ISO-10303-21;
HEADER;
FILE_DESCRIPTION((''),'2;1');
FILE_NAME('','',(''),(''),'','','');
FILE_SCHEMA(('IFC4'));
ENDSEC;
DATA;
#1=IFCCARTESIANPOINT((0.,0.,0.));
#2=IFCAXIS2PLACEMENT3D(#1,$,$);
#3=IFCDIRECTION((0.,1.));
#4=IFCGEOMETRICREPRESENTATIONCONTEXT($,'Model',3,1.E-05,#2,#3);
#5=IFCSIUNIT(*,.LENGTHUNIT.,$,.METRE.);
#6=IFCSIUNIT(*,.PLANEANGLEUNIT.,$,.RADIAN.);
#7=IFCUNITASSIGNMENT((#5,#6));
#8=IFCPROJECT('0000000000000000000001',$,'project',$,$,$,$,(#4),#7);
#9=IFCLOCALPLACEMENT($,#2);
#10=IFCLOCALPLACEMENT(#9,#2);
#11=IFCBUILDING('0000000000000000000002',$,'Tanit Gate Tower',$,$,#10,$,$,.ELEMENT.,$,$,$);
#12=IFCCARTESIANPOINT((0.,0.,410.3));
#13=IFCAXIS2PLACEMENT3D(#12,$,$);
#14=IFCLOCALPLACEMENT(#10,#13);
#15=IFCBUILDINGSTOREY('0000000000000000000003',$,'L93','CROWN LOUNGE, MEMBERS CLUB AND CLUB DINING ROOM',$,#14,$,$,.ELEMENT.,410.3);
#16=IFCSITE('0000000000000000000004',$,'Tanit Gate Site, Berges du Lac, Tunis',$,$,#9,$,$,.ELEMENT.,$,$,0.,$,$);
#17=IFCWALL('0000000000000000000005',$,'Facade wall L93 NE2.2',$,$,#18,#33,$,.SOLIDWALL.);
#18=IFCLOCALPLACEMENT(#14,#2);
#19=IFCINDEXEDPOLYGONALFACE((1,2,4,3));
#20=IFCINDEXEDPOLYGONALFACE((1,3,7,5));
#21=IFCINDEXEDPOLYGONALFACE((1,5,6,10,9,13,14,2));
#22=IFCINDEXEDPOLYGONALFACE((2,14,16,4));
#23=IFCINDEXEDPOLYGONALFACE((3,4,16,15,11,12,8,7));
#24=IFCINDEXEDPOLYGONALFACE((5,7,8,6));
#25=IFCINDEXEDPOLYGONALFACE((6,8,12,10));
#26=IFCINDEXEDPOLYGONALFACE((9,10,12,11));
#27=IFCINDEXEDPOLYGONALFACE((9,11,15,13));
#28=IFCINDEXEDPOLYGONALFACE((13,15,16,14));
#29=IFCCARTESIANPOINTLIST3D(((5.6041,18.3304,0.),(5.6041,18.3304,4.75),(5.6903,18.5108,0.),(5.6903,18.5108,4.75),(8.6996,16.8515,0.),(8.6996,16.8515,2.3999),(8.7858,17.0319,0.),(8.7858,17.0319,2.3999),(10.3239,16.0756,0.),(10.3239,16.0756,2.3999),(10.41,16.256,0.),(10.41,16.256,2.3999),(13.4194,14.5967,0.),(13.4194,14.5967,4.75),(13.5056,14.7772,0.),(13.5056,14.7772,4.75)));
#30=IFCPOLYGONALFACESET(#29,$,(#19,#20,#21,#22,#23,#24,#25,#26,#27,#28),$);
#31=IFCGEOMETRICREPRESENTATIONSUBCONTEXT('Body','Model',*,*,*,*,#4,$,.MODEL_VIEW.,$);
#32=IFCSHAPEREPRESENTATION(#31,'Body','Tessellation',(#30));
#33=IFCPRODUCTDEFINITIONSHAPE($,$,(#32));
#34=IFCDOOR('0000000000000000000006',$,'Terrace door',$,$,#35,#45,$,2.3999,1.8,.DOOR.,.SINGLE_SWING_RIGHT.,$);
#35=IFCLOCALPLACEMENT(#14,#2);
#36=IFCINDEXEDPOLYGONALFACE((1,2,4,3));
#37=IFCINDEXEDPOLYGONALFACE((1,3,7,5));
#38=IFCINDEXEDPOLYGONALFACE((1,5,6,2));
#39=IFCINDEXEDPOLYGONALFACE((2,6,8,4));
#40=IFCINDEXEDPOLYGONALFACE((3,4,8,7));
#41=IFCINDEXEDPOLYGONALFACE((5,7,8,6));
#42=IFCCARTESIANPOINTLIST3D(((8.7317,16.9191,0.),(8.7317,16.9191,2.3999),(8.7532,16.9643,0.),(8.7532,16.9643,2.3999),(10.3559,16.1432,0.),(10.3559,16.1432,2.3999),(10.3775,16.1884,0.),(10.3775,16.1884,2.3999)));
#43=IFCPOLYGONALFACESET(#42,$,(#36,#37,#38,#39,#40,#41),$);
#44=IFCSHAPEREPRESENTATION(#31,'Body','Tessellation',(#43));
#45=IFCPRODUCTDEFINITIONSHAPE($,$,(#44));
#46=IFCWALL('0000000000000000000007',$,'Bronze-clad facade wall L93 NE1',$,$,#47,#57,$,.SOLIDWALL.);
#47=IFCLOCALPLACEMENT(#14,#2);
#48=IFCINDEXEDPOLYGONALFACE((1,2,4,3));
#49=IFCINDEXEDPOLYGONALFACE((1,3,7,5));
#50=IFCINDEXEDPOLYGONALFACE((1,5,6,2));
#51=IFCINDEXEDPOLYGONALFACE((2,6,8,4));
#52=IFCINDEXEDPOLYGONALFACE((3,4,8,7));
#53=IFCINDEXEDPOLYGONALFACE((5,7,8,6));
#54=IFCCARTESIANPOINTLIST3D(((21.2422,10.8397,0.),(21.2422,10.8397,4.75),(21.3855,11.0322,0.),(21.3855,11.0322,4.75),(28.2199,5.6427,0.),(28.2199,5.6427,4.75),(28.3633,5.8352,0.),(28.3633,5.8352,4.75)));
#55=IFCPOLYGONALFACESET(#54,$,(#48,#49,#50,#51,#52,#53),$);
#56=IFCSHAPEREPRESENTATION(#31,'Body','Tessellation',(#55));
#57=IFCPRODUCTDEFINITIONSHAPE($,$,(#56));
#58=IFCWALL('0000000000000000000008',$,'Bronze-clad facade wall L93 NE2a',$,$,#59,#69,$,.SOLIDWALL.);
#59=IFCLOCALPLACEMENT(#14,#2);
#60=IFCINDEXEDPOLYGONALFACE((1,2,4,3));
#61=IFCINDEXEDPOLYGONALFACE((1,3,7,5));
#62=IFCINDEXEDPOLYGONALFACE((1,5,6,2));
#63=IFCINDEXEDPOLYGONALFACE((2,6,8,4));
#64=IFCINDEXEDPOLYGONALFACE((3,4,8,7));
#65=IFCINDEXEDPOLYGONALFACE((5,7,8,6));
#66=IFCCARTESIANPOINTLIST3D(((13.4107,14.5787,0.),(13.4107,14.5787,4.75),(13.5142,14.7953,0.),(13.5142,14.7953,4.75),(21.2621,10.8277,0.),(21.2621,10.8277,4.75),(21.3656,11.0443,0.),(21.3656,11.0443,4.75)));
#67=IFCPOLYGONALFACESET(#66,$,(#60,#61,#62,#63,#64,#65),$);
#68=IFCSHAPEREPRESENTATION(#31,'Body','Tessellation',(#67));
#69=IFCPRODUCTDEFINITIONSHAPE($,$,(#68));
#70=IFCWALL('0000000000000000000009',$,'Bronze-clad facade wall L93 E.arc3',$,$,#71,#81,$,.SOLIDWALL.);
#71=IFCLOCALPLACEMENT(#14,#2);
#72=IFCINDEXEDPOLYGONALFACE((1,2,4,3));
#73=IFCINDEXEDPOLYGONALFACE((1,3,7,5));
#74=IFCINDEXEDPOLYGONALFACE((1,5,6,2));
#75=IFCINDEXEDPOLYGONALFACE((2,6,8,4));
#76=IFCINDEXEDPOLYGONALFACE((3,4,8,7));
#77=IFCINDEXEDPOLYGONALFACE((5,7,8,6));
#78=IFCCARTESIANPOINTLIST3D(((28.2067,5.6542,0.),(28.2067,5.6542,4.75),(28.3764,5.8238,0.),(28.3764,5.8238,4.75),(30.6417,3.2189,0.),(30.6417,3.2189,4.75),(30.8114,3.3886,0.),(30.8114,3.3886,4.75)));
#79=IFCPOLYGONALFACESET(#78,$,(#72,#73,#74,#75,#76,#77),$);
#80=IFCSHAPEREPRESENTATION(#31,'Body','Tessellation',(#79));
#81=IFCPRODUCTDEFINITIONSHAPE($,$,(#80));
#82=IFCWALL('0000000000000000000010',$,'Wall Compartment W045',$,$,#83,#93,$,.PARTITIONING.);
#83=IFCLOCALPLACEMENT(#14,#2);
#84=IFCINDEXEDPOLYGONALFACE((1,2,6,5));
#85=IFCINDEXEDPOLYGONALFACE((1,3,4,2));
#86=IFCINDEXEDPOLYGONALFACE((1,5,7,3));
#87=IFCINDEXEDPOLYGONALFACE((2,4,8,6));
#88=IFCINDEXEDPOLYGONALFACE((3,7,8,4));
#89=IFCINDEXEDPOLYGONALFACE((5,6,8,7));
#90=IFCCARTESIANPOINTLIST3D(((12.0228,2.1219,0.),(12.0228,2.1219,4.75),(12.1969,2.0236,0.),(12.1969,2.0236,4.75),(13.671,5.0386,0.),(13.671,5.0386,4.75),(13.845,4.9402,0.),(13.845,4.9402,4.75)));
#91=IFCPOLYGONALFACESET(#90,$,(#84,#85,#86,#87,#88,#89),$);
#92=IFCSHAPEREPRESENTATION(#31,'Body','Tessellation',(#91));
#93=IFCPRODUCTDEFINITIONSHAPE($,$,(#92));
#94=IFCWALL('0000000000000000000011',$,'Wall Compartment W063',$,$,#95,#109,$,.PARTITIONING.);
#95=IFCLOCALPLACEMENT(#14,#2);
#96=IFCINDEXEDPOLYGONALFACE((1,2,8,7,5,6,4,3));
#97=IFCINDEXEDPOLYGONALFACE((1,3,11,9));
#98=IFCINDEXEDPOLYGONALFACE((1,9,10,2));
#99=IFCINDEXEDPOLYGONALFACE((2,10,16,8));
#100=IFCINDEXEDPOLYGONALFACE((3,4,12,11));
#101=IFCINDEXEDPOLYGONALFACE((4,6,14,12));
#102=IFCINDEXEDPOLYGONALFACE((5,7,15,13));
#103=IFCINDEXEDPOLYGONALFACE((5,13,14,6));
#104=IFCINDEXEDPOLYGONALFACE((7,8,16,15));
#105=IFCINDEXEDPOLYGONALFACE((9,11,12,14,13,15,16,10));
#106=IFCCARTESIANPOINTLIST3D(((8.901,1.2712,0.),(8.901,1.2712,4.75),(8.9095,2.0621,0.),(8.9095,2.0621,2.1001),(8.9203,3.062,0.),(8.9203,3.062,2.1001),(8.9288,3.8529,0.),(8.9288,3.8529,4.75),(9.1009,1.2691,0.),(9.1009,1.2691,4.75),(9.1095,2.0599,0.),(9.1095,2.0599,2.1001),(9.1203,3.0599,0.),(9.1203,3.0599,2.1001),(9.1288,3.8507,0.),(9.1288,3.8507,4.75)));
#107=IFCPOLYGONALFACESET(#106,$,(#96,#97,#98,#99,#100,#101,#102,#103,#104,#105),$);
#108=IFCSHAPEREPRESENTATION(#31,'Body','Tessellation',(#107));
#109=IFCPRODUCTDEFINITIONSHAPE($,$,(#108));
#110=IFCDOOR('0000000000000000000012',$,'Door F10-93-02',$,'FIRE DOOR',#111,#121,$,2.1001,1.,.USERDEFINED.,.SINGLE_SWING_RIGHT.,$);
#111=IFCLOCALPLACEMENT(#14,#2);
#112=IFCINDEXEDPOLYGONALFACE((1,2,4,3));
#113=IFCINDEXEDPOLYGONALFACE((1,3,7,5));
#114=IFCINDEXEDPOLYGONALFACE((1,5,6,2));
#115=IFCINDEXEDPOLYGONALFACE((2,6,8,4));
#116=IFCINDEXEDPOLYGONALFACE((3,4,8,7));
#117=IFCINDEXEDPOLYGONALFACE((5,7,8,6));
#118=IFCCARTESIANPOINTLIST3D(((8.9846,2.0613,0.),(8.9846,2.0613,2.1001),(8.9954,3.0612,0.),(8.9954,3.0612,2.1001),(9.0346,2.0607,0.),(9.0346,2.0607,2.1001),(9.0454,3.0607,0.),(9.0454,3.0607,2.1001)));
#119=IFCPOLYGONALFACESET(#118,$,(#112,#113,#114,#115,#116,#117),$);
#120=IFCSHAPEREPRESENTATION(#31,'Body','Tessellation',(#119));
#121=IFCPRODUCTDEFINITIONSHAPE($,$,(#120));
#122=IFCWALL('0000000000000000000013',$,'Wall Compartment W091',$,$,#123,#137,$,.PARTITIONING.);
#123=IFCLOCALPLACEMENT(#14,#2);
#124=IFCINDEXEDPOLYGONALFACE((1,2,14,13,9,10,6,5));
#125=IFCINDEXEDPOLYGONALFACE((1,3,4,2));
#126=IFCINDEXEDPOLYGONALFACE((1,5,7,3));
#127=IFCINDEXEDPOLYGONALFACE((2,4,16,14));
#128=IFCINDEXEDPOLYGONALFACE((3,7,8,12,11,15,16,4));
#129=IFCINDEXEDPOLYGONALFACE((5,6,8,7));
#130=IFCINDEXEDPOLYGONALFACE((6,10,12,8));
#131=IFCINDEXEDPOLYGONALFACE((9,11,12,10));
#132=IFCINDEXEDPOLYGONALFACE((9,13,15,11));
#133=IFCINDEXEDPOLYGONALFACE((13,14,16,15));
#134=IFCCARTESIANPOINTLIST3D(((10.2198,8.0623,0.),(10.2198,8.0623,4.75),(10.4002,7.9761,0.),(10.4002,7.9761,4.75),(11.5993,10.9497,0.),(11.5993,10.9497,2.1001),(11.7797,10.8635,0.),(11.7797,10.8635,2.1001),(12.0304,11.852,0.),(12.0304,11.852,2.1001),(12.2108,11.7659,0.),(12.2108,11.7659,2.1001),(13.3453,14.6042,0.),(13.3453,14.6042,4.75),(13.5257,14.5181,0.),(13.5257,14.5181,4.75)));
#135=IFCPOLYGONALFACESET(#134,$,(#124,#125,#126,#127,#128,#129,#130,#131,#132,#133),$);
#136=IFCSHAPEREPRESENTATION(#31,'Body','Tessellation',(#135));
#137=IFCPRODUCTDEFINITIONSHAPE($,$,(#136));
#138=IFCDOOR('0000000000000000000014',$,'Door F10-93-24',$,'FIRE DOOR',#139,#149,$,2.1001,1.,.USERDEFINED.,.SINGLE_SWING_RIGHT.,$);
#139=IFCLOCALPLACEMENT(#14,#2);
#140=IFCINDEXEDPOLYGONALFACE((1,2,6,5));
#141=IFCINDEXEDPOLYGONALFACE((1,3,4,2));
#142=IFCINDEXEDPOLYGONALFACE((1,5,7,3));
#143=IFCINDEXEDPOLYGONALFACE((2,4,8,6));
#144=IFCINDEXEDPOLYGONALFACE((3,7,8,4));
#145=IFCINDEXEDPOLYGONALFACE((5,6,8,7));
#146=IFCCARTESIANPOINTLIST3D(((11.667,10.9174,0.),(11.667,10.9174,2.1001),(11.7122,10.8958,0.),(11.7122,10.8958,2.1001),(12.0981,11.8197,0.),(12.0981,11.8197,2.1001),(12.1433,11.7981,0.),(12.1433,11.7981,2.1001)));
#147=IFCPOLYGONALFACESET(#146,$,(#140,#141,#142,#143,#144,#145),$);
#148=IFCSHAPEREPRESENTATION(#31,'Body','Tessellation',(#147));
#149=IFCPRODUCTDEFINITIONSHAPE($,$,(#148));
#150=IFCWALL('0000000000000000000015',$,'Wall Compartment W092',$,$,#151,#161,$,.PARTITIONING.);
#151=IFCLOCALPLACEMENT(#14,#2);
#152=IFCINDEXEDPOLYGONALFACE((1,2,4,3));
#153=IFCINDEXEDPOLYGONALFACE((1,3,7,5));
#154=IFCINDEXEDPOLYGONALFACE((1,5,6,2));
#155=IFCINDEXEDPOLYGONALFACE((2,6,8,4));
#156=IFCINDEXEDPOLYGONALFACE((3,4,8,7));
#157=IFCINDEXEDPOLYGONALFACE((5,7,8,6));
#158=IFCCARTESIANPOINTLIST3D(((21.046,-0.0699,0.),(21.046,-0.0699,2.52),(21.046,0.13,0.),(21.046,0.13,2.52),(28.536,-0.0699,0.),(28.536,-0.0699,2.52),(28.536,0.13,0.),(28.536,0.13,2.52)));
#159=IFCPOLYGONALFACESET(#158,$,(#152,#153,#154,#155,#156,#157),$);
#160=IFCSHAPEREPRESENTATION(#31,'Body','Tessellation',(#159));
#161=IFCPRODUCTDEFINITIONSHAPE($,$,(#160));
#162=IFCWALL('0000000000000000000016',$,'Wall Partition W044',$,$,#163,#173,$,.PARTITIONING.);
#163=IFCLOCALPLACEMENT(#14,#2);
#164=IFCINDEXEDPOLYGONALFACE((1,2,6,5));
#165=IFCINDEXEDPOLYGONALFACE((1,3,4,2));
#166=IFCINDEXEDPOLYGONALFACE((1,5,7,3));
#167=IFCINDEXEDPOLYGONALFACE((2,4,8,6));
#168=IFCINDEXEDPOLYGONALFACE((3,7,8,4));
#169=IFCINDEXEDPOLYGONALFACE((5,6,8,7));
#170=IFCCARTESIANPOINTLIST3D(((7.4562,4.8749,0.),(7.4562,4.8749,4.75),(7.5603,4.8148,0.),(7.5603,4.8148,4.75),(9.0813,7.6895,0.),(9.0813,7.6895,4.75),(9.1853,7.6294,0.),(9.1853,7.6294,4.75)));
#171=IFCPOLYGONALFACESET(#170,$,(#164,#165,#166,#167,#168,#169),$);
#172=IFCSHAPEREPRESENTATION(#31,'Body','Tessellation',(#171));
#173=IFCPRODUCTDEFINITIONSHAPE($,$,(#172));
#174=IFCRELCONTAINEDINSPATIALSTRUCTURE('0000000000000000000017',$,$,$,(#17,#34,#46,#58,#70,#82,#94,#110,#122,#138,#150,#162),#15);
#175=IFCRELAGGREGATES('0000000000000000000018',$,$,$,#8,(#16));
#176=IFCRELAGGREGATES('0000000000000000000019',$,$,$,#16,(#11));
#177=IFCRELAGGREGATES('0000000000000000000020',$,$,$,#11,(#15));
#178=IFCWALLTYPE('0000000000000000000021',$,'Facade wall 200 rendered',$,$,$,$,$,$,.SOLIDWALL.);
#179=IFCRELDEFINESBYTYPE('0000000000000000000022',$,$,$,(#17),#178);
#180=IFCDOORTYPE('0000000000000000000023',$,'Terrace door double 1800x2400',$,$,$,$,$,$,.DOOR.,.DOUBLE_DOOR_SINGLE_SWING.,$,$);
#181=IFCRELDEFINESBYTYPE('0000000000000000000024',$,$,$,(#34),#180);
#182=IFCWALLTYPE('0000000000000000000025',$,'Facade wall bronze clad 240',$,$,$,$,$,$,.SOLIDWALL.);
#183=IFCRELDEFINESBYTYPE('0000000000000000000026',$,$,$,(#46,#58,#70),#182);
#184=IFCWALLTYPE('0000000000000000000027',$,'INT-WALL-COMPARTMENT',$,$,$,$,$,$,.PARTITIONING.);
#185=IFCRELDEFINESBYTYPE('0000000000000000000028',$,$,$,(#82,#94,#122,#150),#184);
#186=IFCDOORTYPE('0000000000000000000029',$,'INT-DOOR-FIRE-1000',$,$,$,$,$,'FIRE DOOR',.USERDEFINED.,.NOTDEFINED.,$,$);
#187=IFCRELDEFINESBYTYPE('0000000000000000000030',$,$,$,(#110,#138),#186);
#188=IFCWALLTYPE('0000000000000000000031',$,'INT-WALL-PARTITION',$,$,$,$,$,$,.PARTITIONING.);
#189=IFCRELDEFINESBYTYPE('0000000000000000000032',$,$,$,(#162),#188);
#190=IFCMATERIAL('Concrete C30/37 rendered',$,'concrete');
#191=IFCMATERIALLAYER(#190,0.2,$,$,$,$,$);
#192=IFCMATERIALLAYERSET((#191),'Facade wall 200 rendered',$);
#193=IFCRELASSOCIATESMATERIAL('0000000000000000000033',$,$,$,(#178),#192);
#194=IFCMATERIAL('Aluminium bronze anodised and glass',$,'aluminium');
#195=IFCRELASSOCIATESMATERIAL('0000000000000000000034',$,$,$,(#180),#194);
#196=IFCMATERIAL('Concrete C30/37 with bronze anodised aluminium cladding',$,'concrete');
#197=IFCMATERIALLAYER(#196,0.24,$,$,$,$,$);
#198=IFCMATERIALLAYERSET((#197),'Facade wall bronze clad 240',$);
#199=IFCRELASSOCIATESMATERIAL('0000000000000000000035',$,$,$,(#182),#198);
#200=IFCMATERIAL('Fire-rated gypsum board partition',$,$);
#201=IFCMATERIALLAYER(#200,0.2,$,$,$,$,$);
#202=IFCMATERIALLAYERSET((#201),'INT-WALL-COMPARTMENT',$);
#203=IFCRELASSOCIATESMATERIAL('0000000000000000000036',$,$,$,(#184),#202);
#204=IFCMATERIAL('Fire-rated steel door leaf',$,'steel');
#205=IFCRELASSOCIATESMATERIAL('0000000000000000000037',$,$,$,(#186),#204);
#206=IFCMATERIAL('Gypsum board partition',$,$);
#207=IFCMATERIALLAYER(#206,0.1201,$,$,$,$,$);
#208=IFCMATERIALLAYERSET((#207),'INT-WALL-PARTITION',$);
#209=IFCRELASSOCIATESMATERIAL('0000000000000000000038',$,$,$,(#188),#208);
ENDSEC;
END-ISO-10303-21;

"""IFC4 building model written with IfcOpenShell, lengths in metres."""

from ifc_helpers import new_model, si_unit, direction, frame, frame_2d, origin, place, context, subcontext, project, spatial, rectangle, extrude, material, layer, layer_set, type_object, element, fill, save


model = new_model("IFC4")

# Units and contexts
model_context = context("Model", 3, precision=1e-05, world=origin(), true_north=direction((0.0, 1.0)))
body_context = subcontext(model_context, "Body", "Model", "MODEL_VIEW")
ifc_project = project(units=[si_unit("LENGTHUNIT", "METRE"), si_unit("PLANEANGLEUNIT", "RADIAN")], contexts=[model_context])

# Site, building, storey
site_placement = place(None, origin())
site = spatial("IfcSite", under=ifc_project, at=site_placement, Name="Tanit Gate Site, Berges du Lac, Tunis", CompositionType="ELEMENT", RefElevation=0.0)
building_placement = place(site_placement, origin())
building = spatial("IfcBuilding", under=site, at=building_placement, Name="Tanit Gate Tower", CompositionType="ELEMENT")
storey_placement = place(building_placement, frame((0.0, 0.0, 410.3)))
storey = spatial("IfcBuildingStorey", under=building, at=storey_placement, Name="L93", Description="CROWN LOUNGE, MEMBERS CLUB AND CLUB DINING ROOM", CompositionType="ELEMENT", Elevation=410.3)

# Wall, opening, door
ifc_material_1 = material(Name="Concrete C30/37 rendered", Category="concrete")
ifc_layer_1 = layer(ifc_material_1, 0.2)
ifc_layer_set_1 = layer_set([ifc_layer_1], Name="Facade wall 200 rendered")
wall_type_1 = type_object("IfcWallType", Name="Facade wall 200 rendered", PredefinedType="SOLIDWALL", material=ifc_layer_set_1)
wall_1_placement = place(storey_placement, frame((13.4624, 14.687, 0.0), z_axis=(0.0, 0.0, 1.0), x_axis=(-0.902322, 0.431063, 0.0)))
wall_1 = element("IfcWall", 1, at=wall_1_placement, inside=storey, type_object=wall_type_1, Name="Facade wall L93 NE2.2", PredefinedType="SOLIDWALL", context=body_context, shape_type="SweptSolid", body=[
    extrude(rectangle(XDim=8.6614, YDim=0.2, at=frame_2d((4.3306, 0.0))), origin(), (0.0, 0.0, 1.0), 4.75),
])
opening_1_placement = place(wall_1_placement, frame((3.4307, 0.0, 0.0)))
opening_1 = element("IfcOpeningElement", 2, at=opening_1_placement, cuts=wall_1, PredefinedType="OPENING", context=body_context, shape_type="SweptSolid", body=[
    extrude(rectangle(XDim=1.8, YDim=2.3999, at=frame_2d((0.8999, 1.2))), frame((0.0, 0.1099, 0.0), z_axis=(0.0, -1.0, 0.0), x_axis=(1.0, 0.0, 0.0)), (0.0, 0.0, 1.0), 0.22),
])
ifc_material_2 = material(Name="Aluminium bronze anodised and glass", Category="aluminium")
door_type_1 = type_object("IfcDoorType", Name="Terrace door double 1800x2400", OperationType="DOUBLE_DOOR_SINGLE_SWING", PredefinedType="DOOR", material=ifc_material_2)
door_1_placement = place(opening_1_placement, frame((1.8, 0.0, 0.0), z_axis=(0.0, 0.0, 1.0), x_axis=(-1.0, 0.0, 0.0)))
door_1 = element("IfcDoor", 3, at=door_1_placement, inside=storey, type_object=door_type_1, Name="Terrace door", OperationType="SINGLE_SWING_RIGHT", OverallHeight=2.3999, OverallWidth=1.8, PredefinedType="DOOR", context=body_context, shape_type="SweptSolid", body=[
    extrude(rectangle(XDim=1.8, YDim=2.3999, at=frame_2d((0.8999, 1.2))), frame((0.0, 0.0249, 0.0), z_axis=(0.0, -1.0, 0.0), x_axis=(1.0, 0.0, 0.0)), (0.0, 0.0, 1.0), 0.05),
])
fill(opening_1, door_1)

# Walls
ifc_material_3 = material(Name="Concrete C30/37 with bronze anodised aluminium cladding", Category="concrete")
ifc_layer_2 = layer(ifc_material_3, 0.24)
ifc_layer_set_2 = layer_set([ifc_layer_2], Name="Facade wall bronze clad 240")
wall_type_2 = type_object("IfcWallType", Name="Facade wall bronze clad 240", PredefinedType="SOLIDWALL", material=ifc_layer_set_2)
wall_2_placement = place(storey_placement, frame((28.2915, 5.739, 0.0), z_axis=(0.0, 0.0, 1.0), x_axis=(-0.801999, 0.597325, 0.0)))
element("IfcWall", 4, at=wall_2_placement, inside=storey, type_object=wall_type_2, Name="Bronze-clad facade wall L93 NE1", PredefinedType="SOLIDWALL", context=body_context, shape_type="SweptSolid", body=[
    extrude(rectangle(XDim=8.7004, YDim=0.24, at=frame_2d((4.3501, 0.0))), origin(), (0.0, 0.0, 1.0), 4.75),
])
wall_3_placement = place(storey_placement, frame((21.3137, 10.936, 0.0), z_axis=(0.0, 0.0, 1.0), x_axis=(-0.902313, 0.431081, 0.0)))
element("IfcWall", 5, at=wall_3_placement, inside=storey, type_object=wall_type_2, Name="Bronze-clad facade wall L93 NE2a", PredefinedType="SOLIDWALL", context=body_context, shape_type="SweptSolid", body=[
    extrude(rectangle(XDim=8.7014, YDim=0.24, at=frame_2d((4.3506, 0.0))), origin(), (0.0, 0.0, 1.0), 4.75),
])
wall_4_placement = place(storey_placement, frame((30.7266, 3.3037, 0.0), z_axis=(0.0, 0.0, 1.0), x_axis=(-0.707071, 0.707142, 0.0)))
element("IfcWall", 6, at=wall_4_placement, inside=storey, type_object=wall_type_2, Name="Bronze-clad facade wall L93 E.arc3", PredefinedType="SOLIDWALL", context=body_context, shape_type="SweptSolid", body=[
    extrude(rectangle(XDim=3.4438, YDim=0.24, at=frame_2d((1.7219, 0.0))), origin(), (0.0, 0.0, 1.0), 4.75),
])
ifc_material_4 = material(Name="Fire-rated gypsum board partition")
ifc_layer_3 = layer(ifc_material_4, 0.2)
ifc_layer_set_3 = layer_set([ifc_layer_3], Name="INT-WALL-COMPARTMENT")
wall_type_3 = type_object("IfcWallType", Name="INT-WALL-COMPARTMENT", PredefinedType="PARTITIONING", material=ifc_layer_set_3)
wall_5_placement = place(storey_placement, frame((12.1099, 2.0728, 0.0), z_axis=(0.0, 0.0, 1.0), x_axis=(0.491966, 0.870614, 0.0)))
element("IfcWall", 7, at=wall_5_placement, inside=storey, type_object=wall_type_3, Name="Wall Compartment W045", PredefinedType="PARTITIONING", context=body_context, shape_type="SweptSolid", body=[
    extrude(rectangle(XDim=3.3501, YDim=0.2, at=frame_2d((1.675, 0.0))), origin(), (0.0, 0.0, 1.0), 4.75),
])

# Walls, openings, doors
wall_6_placement = place(storey_placement, frame((9.001, 1.27, 0.0), z_axis=(0.0, 0.0, 1.0), x_axis=(0.010781, 0.999942, 0.0)))
wall_6 = element("IfcWall", 8, at=wall_6_placement, inside=storey, type_object=wall_type_3, Name="Wall Compartment W063", PredefinedType="PARTITIONING", context=body_context, shape_type="SweptSolid", body=[
    extrude(rectangle(XDim=2.5818, YDim=0.2, at=frame_2d((1.291, 0.0))), origin(), (0.0, 0.0, 1.0), 4.75),
])
opening_2_placement = place(wall_6_placement, frame((0.791, 0.0, 0.0)))
opening_2 = element("IfcOpeningElement", 9, at=opening_2_placement, cuts=wall_6, PredefinedType="OPENING", context=body_context, shape_type="SweptSolid", body=[
    extrude(rectangle(XDim=1.0, YDim=2.1001, at=frame_2d((0.5, 1.05))), frame((0.0, 0.1099, 0.0), z_axis=(0.0, -1.0, 0.0), x_axis=(1.0, 0.0, 0.0)), (0.0, 0.0, 1.0), 0.22),
])
ifc_material_5 = material(Name="Fire-rated steel door leaf", Category="steel")
door_type_2 = type_object("IfcDoorType", Name="INT-DOOR-FIRE-1000", ElementType="FIRE DOOR", OperationType="NOTDEFINED", PredefinedType="USERDEFINED", material=ifc_material_5)
door_2_placement = place(opening_2_placement, origin())
door_2 = element("IfcDoor", 10, at=door_2_placement, inside=storey, type_object=door_type_2, Name="Door F10-93-02", ObjectType="FIRE DOOR", OperationType="SINGLE_SWING_RIGHT", OverallHeight=2.1001, OverallWidth=1.0, PredefinedType="USERDEFINED", context=body_context, shape_type="SweptSolid", body=[
    extrude(rectangle(XDim=1.0, YDim=2.1001, at=frame_2d((0.5, 1.05))), frame((0.0, 0.0249, 0.0), z_axis=(0.0, -1.0, 0.0), x_axis=(1.0, 0.0, 0.0)), (0.0, 0.0, 1.0), 0.05),
])
fill(opening_2, door_2)
wall_7_placement = place(storey_placement, frame((10.3101, 8.0193, 0.0), z_axis=(0.0, 0.0, 1.0), x_axis=(0.431086, 0.902311, 0.0)))
wall_7 = element("IfcWall", 11, at=wall_7_placement, inside=storey, type_object=wall_type_3, Name="Wall Compartment W091", PredefinedType="PARTITIONING", context=body_context, shape_type="SweptSolid", body=[
    extrude(rectangle(XDim=7.2502, YDim=0.2, at=frame_2d((3.625, 0.0))), origin(), (0.0, 0.0, 1.0), 4.75),
])
opening_3_placement = place(wall_7_placement, frame((3.2, 0.0, 0.0)))
opening_3 = element("IfcOpeningElement", 12, at=opening_3_placement, cuts=wall_7, PredefinedType="OPENING", context=body_context, shape_type="SweptSolid", body=[
    extrude(rectangle(XDim=1.0, YDim=2.1001, at=frame_2d((0.5, 1.05))), frame((0.0, 0.1099, 0.0), z_axis=(0.0, -1.0, 0.0), x_axis=(1.0, 0.0, 0.0)), (0.0, 0.0, 1.0), 0.22),
])
door_3_placement = place(opening_3_placement, origin())
door_3 = element("IfcDoor", 13, at=door_3_placement, inside=storey, type_object=door_type_2, Name="Door F10-93-24", ObjectType="FIRE DOOR", OperationType="SINGLE_SWING_RIGHT", OverallHeight=2.1001, OverallWidth=1.0, PredefinedType="USERDEFINED", context=body_context, shape_type="SweptSolid", body=[
    extrude(rectangle(XDim=1.0, YDim=2.1001, at=frame_2d((0.5, 1.05))), frame((0.0, 0.0249, 0.0), z_axis=(0.0, -1.0, 0.0), x_axis=(1.0, 0.0, 0.0)), (0.0, 0.0, 1.0), 0.05),
])
fill(opening_3, door_3)

# Walls
wall_8_placement = place(storey_placement, frame((28.5361, 0.03, 0.0), z_axis=(0.0, 0.0, 1.0), x_axis=(-1.0, 0.0, 0.0)))
element("IfcWall", 14, at=wall_8_placement, inside=storey, type_object=wall_type_3, Name="Wall Compartment W092", PredefinedType="PARTITIONING", context=body_context, shape_type="SweptSolid", body=[
    extrude(rectangle(XDim=7.49, YDim=0.2, at=frame_2d((3.7451, 0.0))), origin(), (0.0, 0.0, 1.0), 2.52),
])
ifc_material_6 = material(Name="Gypsum board partition")
ifc_layer_4 = layer(ifc_material_6, 0.1201)
ifc_layer_set_4 = layer_set([ifc_layer_4], Name="INT-WALL-PARTITION")
wall_type_4 = type_object("IfcWallType", Name="INT-WALL-PARTITION", PredefinedType="PARTITIONING", material=ifc_layer_set_4)
wall_9_placement = place(storey_placement, frame((9.1333, 7.6594, 0.0), z_axis=(0.0, 0.0, 1.0), x_axis=(-0.500017, -0.866015, 0.0)))
element("IfcWall", 15, at=wall_9_placement, inside=storey, type_object=wall_type_4, Name="Wall Partition W044", PredefinedType="PARTITIONING", context=body_context, shape_type="SweptSolid", body=[
    extrude(rectangle(XDim=3.25, YDim=0.1201, at=frame_2d((1.625, 0.0))), origin(), (0.0, 0.0, 1.0), 4.75),
])

save(model, "model.ifc")
